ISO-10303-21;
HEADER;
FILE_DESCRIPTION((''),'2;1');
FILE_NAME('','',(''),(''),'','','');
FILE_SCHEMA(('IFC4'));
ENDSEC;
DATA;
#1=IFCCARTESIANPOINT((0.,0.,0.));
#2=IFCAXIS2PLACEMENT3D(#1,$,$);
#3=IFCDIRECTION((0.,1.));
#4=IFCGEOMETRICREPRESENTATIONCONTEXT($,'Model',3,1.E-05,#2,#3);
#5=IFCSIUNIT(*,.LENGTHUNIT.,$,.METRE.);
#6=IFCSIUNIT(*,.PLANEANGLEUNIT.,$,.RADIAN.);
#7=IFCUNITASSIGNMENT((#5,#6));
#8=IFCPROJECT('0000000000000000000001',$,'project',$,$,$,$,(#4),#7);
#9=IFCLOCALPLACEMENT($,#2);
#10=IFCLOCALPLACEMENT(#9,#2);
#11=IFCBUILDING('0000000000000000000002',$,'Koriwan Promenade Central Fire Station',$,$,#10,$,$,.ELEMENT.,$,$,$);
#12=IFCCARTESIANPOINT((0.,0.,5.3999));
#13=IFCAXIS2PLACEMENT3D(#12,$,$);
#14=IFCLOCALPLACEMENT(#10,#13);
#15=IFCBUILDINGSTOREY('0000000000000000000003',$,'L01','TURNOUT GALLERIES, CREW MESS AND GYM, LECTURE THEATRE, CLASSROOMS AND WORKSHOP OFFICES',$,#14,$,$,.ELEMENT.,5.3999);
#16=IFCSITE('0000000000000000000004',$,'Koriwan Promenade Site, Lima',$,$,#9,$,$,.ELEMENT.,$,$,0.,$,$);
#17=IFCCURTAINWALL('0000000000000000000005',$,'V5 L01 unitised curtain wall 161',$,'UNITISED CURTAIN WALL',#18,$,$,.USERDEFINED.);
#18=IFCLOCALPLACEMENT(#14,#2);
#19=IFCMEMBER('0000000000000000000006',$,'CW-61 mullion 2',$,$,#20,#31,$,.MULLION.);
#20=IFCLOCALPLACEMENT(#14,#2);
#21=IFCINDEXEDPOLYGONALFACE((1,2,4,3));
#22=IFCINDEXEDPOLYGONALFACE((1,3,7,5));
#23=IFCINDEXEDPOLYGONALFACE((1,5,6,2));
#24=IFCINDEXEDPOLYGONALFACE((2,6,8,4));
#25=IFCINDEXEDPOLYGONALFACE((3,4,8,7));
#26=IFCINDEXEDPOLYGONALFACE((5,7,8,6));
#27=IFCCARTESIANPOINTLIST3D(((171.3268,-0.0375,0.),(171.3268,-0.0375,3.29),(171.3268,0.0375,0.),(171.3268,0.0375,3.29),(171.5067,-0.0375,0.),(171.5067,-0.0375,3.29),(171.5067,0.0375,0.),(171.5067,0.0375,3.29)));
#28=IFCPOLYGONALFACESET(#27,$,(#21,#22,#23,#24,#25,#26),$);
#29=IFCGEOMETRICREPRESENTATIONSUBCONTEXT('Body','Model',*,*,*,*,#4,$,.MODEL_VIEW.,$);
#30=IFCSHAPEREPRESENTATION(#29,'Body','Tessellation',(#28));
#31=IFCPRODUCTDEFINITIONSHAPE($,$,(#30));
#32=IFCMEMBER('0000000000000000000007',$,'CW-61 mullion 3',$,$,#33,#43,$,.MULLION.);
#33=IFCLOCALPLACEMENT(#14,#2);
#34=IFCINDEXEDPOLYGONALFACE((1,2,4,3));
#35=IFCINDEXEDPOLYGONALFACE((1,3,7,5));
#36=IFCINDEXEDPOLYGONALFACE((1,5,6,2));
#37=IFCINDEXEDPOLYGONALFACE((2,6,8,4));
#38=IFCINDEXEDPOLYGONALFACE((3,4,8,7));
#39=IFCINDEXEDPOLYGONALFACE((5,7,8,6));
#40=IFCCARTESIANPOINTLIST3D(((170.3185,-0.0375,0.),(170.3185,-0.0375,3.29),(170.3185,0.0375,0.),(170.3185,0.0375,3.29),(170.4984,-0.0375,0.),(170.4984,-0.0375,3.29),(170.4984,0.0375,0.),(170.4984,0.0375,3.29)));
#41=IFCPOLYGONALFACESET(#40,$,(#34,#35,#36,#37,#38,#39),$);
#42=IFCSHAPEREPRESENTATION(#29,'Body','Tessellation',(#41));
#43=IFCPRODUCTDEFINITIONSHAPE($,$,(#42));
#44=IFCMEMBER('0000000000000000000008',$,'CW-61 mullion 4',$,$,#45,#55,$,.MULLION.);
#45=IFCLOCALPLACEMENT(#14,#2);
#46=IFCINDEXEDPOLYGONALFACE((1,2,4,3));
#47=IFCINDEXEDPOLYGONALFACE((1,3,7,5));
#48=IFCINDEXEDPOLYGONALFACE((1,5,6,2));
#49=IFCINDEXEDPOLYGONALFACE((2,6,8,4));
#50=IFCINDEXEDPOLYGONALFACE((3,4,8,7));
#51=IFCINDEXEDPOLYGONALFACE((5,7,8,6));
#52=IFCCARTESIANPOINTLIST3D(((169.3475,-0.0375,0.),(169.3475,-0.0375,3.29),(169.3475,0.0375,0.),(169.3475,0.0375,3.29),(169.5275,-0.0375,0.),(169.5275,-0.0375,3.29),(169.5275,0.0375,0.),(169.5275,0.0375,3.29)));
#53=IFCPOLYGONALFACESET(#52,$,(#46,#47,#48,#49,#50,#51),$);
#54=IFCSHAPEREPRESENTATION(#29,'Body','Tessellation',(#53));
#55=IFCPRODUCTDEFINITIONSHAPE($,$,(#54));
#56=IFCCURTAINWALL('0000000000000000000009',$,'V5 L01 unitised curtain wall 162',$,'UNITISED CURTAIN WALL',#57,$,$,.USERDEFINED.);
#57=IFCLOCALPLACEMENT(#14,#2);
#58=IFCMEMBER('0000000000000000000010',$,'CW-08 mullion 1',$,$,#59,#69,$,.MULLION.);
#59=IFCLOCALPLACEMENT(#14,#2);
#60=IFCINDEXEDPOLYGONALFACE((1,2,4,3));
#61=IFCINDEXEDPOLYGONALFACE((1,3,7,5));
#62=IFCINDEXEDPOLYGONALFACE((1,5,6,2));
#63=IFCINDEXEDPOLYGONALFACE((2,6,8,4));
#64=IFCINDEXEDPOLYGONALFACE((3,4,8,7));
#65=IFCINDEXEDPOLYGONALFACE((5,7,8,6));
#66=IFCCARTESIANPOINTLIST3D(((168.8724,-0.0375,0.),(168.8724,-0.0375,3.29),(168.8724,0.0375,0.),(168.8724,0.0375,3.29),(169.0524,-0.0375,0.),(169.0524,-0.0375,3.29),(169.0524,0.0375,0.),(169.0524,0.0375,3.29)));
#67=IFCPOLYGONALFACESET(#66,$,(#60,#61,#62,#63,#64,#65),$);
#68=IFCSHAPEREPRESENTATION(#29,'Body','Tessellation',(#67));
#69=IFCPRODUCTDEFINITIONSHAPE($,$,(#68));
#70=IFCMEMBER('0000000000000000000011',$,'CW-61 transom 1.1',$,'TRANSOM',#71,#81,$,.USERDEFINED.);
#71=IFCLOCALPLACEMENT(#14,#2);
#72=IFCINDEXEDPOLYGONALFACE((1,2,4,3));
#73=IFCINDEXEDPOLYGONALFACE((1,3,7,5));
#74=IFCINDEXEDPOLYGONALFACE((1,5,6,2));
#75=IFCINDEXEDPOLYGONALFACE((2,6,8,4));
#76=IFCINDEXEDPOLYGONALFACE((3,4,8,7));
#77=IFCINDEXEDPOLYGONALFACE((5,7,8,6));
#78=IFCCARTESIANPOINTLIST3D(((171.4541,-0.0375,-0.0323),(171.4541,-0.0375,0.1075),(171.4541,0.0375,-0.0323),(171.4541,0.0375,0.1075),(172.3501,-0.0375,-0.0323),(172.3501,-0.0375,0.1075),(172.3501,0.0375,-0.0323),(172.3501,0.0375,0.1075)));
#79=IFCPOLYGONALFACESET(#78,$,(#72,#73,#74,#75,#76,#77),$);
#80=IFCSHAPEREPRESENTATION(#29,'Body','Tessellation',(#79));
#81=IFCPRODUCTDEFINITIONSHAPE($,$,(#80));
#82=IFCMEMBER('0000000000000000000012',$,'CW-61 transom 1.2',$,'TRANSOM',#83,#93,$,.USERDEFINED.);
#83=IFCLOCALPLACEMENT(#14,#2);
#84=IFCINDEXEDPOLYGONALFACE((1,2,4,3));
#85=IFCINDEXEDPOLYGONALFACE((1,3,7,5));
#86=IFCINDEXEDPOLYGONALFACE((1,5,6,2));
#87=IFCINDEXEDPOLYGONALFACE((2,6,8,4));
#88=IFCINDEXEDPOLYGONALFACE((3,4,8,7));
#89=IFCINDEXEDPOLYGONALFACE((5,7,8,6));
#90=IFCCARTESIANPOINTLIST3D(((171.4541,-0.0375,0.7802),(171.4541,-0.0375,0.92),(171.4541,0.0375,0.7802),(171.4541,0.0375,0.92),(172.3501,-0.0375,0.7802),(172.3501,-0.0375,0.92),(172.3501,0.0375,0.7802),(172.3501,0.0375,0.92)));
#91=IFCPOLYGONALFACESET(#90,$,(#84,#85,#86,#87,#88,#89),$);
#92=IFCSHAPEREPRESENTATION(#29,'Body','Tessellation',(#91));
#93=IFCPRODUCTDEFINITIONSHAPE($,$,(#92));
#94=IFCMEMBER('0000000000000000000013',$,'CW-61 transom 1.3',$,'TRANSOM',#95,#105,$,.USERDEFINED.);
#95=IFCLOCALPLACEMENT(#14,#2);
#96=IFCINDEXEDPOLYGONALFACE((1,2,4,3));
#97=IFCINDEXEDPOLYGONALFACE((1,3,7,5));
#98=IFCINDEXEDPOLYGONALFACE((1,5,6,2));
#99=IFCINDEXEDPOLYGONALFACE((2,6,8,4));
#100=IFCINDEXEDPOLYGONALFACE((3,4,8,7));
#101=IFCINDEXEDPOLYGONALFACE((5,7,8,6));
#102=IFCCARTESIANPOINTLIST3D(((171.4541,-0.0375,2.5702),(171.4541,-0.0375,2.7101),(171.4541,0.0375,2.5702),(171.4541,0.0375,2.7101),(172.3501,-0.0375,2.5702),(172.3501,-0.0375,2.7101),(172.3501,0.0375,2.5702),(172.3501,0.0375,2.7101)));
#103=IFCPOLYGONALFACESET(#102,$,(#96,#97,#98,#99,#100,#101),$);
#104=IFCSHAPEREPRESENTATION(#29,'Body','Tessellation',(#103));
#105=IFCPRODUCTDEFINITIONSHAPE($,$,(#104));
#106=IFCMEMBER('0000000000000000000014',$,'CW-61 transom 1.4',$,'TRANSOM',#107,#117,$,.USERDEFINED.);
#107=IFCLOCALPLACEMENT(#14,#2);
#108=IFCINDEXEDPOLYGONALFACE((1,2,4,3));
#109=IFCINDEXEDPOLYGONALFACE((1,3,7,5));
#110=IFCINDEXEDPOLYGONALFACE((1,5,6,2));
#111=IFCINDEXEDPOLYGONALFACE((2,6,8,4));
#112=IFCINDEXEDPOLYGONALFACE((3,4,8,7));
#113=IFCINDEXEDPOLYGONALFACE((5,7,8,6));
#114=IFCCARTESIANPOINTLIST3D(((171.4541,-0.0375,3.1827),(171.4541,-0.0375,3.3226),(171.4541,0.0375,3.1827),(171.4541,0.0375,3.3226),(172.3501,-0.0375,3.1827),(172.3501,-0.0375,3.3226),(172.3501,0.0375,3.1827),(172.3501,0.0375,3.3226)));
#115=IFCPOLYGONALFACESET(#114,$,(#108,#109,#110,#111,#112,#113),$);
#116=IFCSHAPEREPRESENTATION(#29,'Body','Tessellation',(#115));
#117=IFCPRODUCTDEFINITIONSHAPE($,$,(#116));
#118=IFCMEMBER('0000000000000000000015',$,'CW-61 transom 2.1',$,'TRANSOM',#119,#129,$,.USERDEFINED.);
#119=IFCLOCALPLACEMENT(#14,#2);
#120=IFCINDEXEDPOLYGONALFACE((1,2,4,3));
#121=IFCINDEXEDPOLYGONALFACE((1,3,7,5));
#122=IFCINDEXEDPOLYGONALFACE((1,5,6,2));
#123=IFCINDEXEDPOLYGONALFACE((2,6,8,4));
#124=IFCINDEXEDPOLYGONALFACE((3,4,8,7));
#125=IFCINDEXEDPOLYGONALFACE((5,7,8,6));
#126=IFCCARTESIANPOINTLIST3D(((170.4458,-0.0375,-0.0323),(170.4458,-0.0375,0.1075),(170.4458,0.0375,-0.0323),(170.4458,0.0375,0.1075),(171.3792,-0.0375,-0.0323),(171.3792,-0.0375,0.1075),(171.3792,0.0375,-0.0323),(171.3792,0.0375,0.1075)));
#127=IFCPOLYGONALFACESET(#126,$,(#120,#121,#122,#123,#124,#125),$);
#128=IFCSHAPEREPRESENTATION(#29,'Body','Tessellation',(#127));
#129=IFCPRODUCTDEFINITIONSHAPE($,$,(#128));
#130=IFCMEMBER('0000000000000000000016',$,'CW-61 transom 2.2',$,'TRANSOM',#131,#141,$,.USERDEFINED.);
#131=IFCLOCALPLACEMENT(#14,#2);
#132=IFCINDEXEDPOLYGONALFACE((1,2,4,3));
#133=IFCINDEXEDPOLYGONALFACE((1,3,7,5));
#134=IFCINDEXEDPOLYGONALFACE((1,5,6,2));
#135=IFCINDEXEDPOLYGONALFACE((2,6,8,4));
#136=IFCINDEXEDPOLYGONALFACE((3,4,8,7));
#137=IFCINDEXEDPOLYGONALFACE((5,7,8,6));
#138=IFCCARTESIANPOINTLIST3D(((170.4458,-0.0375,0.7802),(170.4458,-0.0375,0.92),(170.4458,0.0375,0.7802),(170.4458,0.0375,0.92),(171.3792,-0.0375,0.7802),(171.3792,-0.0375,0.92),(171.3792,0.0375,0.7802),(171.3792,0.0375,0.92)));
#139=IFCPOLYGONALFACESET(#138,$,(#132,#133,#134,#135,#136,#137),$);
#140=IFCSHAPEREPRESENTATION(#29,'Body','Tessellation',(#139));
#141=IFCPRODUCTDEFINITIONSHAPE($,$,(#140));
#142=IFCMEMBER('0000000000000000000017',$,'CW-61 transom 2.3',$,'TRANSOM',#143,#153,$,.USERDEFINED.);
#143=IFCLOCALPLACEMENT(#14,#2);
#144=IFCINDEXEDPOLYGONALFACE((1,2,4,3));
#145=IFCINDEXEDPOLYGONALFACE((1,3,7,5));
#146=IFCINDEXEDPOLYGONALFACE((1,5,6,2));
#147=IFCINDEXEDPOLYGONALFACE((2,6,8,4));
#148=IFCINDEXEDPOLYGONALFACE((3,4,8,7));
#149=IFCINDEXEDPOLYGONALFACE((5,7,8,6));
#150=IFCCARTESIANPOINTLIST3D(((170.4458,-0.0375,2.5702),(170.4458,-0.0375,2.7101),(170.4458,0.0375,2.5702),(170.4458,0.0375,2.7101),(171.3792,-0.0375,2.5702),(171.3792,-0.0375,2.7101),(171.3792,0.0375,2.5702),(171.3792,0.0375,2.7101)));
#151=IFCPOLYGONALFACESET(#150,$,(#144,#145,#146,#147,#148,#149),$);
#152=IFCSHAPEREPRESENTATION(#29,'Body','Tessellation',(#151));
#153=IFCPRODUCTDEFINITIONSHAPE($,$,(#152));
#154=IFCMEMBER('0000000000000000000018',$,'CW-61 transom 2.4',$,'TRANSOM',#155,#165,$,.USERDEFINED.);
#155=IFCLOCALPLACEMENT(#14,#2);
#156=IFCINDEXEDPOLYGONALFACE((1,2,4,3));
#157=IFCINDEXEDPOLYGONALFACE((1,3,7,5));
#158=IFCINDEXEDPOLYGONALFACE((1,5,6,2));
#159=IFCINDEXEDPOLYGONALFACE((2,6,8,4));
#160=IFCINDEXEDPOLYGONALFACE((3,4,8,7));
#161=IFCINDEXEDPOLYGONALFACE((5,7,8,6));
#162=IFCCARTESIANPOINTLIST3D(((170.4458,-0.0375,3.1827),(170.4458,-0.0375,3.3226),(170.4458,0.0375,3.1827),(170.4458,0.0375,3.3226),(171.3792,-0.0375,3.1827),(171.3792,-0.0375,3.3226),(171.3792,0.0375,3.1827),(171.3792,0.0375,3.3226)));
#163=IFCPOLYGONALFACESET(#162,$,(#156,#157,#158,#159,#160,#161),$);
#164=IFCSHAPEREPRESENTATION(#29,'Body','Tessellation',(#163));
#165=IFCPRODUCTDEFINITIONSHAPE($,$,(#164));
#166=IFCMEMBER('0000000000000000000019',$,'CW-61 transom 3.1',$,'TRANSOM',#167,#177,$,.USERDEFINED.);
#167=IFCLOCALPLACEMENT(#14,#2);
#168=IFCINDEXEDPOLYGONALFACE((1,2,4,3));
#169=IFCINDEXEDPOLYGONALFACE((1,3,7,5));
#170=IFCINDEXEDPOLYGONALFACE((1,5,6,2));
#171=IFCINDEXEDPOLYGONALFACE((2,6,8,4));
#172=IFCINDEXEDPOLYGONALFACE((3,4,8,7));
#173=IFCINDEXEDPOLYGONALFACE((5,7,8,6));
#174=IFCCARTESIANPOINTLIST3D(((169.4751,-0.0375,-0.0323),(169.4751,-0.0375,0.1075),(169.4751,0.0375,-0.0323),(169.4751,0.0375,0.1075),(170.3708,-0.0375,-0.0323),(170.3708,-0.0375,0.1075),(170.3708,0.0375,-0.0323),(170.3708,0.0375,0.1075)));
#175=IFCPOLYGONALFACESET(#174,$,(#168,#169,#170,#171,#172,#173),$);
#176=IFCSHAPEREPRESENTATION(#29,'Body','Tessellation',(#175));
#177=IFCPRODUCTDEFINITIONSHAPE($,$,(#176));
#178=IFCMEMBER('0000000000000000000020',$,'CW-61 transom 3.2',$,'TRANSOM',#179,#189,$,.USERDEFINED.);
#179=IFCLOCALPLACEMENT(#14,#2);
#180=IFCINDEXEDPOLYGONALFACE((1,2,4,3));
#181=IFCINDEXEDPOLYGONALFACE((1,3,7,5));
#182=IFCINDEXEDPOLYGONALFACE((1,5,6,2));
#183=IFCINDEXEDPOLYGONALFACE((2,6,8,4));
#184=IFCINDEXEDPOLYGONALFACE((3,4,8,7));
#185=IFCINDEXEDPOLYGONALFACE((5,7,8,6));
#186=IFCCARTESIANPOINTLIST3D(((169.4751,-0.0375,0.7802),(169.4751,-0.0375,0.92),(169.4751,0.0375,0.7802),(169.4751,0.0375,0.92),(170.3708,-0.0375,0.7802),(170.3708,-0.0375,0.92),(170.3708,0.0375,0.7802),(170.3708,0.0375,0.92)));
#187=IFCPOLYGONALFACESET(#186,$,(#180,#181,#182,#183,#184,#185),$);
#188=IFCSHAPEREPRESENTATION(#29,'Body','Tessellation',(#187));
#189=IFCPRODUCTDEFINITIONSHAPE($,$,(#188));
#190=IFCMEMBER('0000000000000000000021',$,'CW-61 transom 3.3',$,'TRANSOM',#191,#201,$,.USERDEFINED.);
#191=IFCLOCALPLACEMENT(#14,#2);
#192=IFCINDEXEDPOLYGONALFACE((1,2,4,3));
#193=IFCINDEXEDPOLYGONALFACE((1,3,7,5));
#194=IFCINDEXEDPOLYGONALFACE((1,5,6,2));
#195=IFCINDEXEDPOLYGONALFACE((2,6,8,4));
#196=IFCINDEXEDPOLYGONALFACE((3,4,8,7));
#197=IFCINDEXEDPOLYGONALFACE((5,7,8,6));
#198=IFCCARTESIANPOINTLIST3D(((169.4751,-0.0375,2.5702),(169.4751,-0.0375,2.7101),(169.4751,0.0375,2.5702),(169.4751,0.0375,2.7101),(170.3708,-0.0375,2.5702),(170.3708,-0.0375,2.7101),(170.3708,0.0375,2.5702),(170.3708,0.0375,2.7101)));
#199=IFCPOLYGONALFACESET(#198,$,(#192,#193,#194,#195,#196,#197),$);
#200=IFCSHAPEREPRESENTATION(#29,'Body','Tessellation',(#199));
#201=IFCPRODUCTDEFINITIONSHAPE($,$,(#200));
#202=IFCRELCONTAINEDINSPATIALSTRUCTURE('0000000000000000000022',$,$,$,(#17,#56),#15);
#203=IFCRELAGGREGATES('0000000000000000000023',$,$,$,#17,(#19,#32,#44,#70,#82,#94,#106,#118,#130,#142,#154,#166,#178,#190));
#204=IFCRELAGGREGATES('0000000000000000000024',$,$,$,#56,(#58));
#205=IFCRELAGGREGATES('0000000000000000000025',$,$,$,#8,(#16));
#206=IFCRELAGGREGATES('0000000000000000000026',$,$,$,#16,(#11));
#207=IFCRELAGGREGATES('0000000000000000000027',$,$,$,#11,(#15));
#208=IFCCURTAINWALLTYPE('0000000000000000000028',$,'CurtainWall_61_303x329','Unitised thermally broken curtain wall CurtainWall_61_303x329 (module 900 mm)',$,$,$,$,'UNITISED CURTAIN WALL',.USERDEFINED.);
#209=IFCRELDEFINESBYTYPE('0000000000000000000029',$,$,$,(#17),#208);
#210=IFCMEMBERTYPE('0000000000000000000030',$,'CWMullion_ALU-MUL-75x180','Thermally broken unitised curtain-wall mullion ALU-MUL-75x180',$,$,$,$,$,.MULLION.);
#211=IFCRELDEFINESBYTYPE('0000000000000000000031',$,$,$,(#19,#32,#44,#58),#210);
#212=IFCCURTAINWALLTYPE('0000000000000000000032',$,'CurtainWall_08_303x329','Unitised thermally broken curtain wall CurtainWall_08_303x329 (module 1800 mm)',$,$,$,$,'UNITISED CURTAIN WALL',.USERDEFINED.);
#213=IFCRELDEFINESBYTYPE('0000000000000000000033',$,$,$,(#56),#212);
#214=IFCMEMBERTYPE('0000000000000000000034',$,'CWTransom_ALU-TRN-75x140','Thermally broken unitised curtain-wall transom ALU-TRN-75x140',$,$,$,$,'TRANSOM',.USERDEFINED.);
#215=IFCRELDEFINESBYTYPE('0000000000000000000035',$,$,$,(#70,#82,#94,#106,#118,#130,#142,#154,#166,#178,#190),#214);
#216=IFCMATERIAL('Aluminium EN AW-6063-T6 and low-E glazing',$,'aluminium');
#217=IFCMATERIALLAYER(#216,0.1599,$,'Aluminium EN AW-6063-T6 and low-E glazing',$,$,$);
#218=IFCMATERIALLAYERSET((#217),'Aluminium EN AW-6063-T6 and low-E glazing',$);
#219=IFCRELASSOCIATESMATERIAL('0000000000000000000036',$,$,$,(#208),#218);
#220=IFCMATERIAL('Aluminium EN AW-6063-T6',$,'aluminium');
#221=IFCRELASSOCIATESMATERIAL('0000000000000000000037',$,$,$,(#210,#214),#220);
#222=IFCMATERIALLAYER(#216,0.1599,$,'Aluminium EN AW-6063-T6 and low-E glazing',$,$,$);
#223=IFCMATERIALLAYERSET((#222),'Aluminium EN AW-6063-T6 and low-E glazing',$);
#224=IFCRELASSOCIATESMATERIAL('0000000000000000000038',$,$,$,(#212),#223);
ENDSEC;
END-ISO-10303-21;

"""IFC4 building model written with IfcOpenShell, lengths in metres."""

from ifc_helpers import new_model, si_unit, direction, frame, origin, origin_2d, place, context, subcontext, project, spatial, rectangle, extrude, material, layer, layer_set, material_profile, profile_set, type_object, element, aggregate, save


model = new_model("IFC4")

# Units and contexts
model_context = context("Model", 3, precision=1e-05, world=origin(), true_north=direction((0.0, 1.0)))
body_context = subcontext(model_context, "Body", "Model", "MODEL_VIEW")
ifc_project = project(units=[si_unit("LENGTHUNIT", "METRE"), si_unit("PLANEANGLEUNIT", "RADIAN")], contexts=[model_context])

# Site, building, storey
site_placement = place(None, origin())
site = spatial("IfcSite", under=ifc_project, at=site_placement, Name="Koriwan Promenade Site, Lima", CompositionType="ELEMENT", RefElevation=0.0)
building_placement = place(site_placement, origin())
building = spatial("IfcBuilding", under=site, at=building_placement, Name="Koriwan Promenade Central Fire Station", CompositionType="ELEMENT")
storey_placement = place(building_placement, frame((0.0, 0.0, 5.3999)))
storey = spatial("IfcBuildingStorey", under=building, at=storey_placement, Name="L01", Description="TURNOUT GALLERIES, CREW MESS AND GYM, LECTURE THEATRE, CLASSROOMS AND WORKSHOP OFFICES", CompositionType="ELEMENT", Elevation=5.3999)

# Curtain wall, members
ifc_material_1 = material(Name="Aluminium EN AW-6063-T6 and low-E glazing", Category="aluminium")
ifc_layer_1 = layer(ifc_material_1, 0.1599, Name="Aluminium EN AW-6063-T6 and low-E glazing")
ifc_layer_set_1 = layer_set([ifc_layer_1], Name="Aluminium EN AW-6063-T6 and low-E glazing")
curtain_wall_type_1 = type_object("IfcCurtainWallType", Name="CurtainWall_61_303x329", Description="Unitised thermally broken curtain wall CurtainWall_61_303x329 (module 900 mm)", ElementType="UNITISED CURTAIN WALL", PredefinedType="USERDEFINED", material=ifc_layer_set_1)
curtain_wall_1_placement = place(storey_placement, origin())
curtain_wall_1 = element("IfcCurtainWall", 1, at=curtain_wall_1_placement, inside=storey, type_object=curtain_wall_type_1, Name="V5 L01 unitised curtain wall 161", ObjectType="UNITISED CURTAIN WALL", PredefinedType="USERDEFINED")
ifc_material_2 = material(Name="Aluminium EN AW-6063-T6", Category="aluminium")
ifc_material_profile_1 = material_profile(ifc_material_2, rectangle(XDim=0.075, YDim=0.1799, at=origin_2d()), Name="ALU-MUL-75x180")
ifc_profile_set_1 = profile_set([ifc_material_profile_1], Name="Aluminium EN AW-6063-T6")
member_type_1 = type_object("IfcMemberType", Name="CWMullion_ALU-MUL-75x180", Description="Thermally broken unitised curtain-wall mullion ALU-MUL-75x180", PredefinedType="MULLION", material=ifc_profile_set_1)
member_1_placement = place(storey_placement, frame((171.4167, 0.0, 0.0), z_axis=(0.0, 0.0, 1.0), x_axis=(0.0, -1.0, 0.0)))
member_1 = element("IfcMember", 2, at=member_1_placement, type_object=member_type_1, Name="CW-61 mullion 2", PredefinedType="MULLION", context=body_context, shape_type="SweptSolid", body=[
    extrude(rectangle(XDim=0.075, YDim=0.1799, at=origin_2d()), origin(), (0.0, 0.0, 1.0), 3.29),
])
member_2_placement = place(storey_placement, frame((170.4084, 0.0, 0.0), z_axis=(0.0, 0.0, 1.0), x_axis=(0.0, -1.0, 0.0)))
member_2 = element("IfcMember", 3, at=member_2_placement, type_object=member_type_1, Name="CW-61 mullion 3", PredefinedType="MULLION", context=body_context, shape_type="SweptSolid", body=[
    extrude(rectangle(XDim=0.075, YDim=0.1799, at=origin_2d()), origin(), (0.0, 0.0, 1.0), 3.29),
])
member_3_placement = place(storey_placement, frame((169.4375, 0.0, 0.0), z_axis=(0.0, 0.0, 1.0), x_axis=(0.0, -1.0, 0.0)))
member_3 = element("IfcMember", 4, at=member_3_placement, type_object=member_type_1, Name="CW-61 mullion 4", PredefinedType="MULLION", context=body_context, shape_type="SweptSolid", body=[
    extrude(rectangle(XDim=0.075, YDim=0.1799, at=origin_2d()), origin(), (0.0, 0.0, 1.0), 3.29),
])

# Curtain wall, member
ifc_layer_2 = layer(ifc_material_1, 0.1599, Name="Aluminium EN AW-6063-T6 and low-E glazing")
ifc_layer_set_2 = layer_set([ifc_layer_2], Name="Aluminium EN AW-6063-T6 and low-E glazing")
curtain_wall_type_2 = type_object("IfcCurtainWallType", Name="CurtainWall_08_303x329", Description="Unitised thermally broken curtain wall CurtainWall_08_303x329 (module 1800 mm)", ElementType="UNITISED CURTAIN WALL", PredefinedType="USERDEFINED", material=ifc_layer_set_2)
curtain_wall_2_placement = place(storey_placement, origin())
curtain_wall_2 = element("IfcCurtainWall", 5, at=curtain_wall_2_placement, inside=storey, type_object=curtain_wall_type_2, Name="V5 L01 unitised curtain wall 162", ObjectType="UNITISED CURTAIN WALL", PredefinedType="USERDEFINED")
member_4_placement = place(storey_placement, frame((168.9624, 0.0, 0.0), z_axis=(0.0, 0.0, 1.0), x_axis=(0.0, -1.0, 0.0)))
member_4 = element("IfcMember", 6, at=member_4_placement, type_object=member_type_1, Name="CW-08 mullion 1", PredefinedType="MULLION", context=body_context, shape_type="SweptSolid", body=[
    extrude(rectangle(XDim=0.075, YDim=0.1799, at=origin_2d()), origin(), (0.0, 0.0, 1.0), 3.29),
])

# Members
ifc_material_profile_2 = material_profile(ifc_material_2, rectangle(XDim=0.075, YDim=0.1399, at=origin_2d()), Name="ALU-TRN-75x140")
ifc_profile_set_2 = profile_set([ifc_material_profile_2], Name="Aluminium EN AW-6063-T6")
member_type_2 = type_object("IfcMemberType", Name="CWTransom_ALU-TRN-75x140", Description="Thermally broken unitised curtain-wall transom ALU-TRN-75x140", ElementType="TRANSOM", PredefinedType="USERDEFINED", material=ifc_profile_set_2)
member_5_placement = place(storey_placement, frame((172.3501, 0.0, 0.0376), z_axis=(-1.0, 0.0, 0.0), x_axis=(0.0, -1.0, 0.0)))
member_5 = element("IfcMember", 7, at=member_5_placement, type_object=member_type_2, Name="CW-61 transom 1.1", ObjectType="TRANSOM", PredefinedType="USERDEFINED", context=body_context, shape_type="SweptSolid", body=[
    extrude(rectangle(XDim=0.075, YDim=0.1399, at=origin_2d()), origin(), (0.0, 0.0, 1.0), 0.896),
])
member_6_placement = place(storey_placement, frame((172.3501, 0.0, 0.8501), z_axis=(-1.0, 0.0, 0.0), x_axis=(0.0, -1.0, 0.0)))
member_6 = element("IfcMember", 8, at=member_6_placement, type_object=member_type_2, Name="CW-61 transom 1.2", ObjectType="TRANSOM", PredefinedType="USERDEFINED", context=body_context, shape_type="SweptSolid", body=[
    extrude(rectangle(XDim=0.075, YDim=0.1399, at=origin_2d()), origin(), (0.0, 0.0, 1.0), 0.896),
])
member_7_placement = place(storey_placement, frame((172.3501, 0.0, 2.6401), z_axis=(-1.0, 0.0, 0.0), x_axis=(0.0, -1.0, 0.0)))
member_7 = element("IfcMember", 9, at=member_7_placement, type_object=member_type_2, Name="CW-61 transom 1.3", ObjectType="TRANSOM", PredefinedType="USERDEFINED", context=body_context, shape_type="SweptSolid", body=[
    extrude(rectangle(XDim=0.075, YDim=0.1399, at=origin_2d()), origin(), (0.0, 0.0, 1.0), 0.896),
])
member_8_placement = place(storey_placement, frame((172.3501, 0.0, 3.2527), z_axis=(-1.0, 0.0, 0.0), x_axis=(0.0, -1.0, 0.0)))
member_8 = element("IfcMember", 10, at=member_8_placement, type_object=member_type_2, Name="CW-61 transom 1.4", ObjectType="TRANSOM", PredefinedType="USERDEFINED", context=body_context, shape_type="SweptSolid", body=[
    extrude(rectangle(XDim=0.075, YDim=0.1399, at=origin_2d()), origin(), (0.0, 0.0, 1.0), 0.896),
])
member_9_placement = place(storey_placement, frame((171.3792, 0.0, 0.0376), z_axis=(-1.0, 0.0, 0.0), x_axis=(0.0, -1.0, 0.0)))
member_9 = element("IfcMember", 11, at=member_9_placement, type_object=member_type_2, Name="CW-61 transom 2.1", ObjectType="TRANSOM", PredefinedType="USERDEFINED", context=body_context, shape_type="SweptSolid", body=[
    extrude(rectangle(XDim=0.075, YDim=0.1399, at=origin_2d()), origin(), (0.0, 0.0, 1.0), 0.9333),
])
member_10_placement = place(storey_placement, frame((171.3792, 0.0, 0.8501), z_axis=(-1.0, 0.0, 0.0), x_axis=(0.0, -1.0, 0.0)))
member_10 = element("IfcMember", 12, at=member_10_placement, type_object=member_type_2, Name="CW-61 transom 2.2", ObjectType="TRANSOM", PredefinedType="USERDEFINED", context=body_context, shape_type="SweptSolid", body=[
    extrude(rectangle(XDim=0.075, YDim=0.1399, at=origin_2d()), origin(), (0.0, 0.0, 1.0), 0.9333),
])
member_11_placement = place(storey_placement, frame((171.3792, 0.0, 2.6401), z_axis=(-1.0, 0.0, 0.0), x_axis=(0.0, -1.0, 0.0)))
member_11 = element("IfcMember", 13, at=member_11_placement, type_object=member_type_2, Name="CW-61 transom 2.3", ObjectType="TRANSOM", PredefinedType="USERDEFINED", context=body_context, shape_type="SweptSolid", body=[
    extrude(rectangle(XDim=0.075, YDim=0.1399, at=origin_2d()), origin(), (0.0, 0.0, 1.0), 0.9333),
])
member_12_placement = place(storey_placement, frame((171.3792, 0.0, 3.2527), z_axis=(-1.0, 0.0, 0.0), x_axis=(0.0, -1.0, 0.0)))
member_12 = element("IfcMember", 14, at=member_12_placement, type_object=member_type_2, Name="CW-61 transom 2.4", ObjectType="TRANSOM", PredefinedType="USERDEFINED", context=body_context, shape_type="SweptSolid", body=[
    extrude(rectangle(XDim=0.075, YDim=0.1399, at=origin_2d()), origin(), (0.0, 0.0, 1.0), 0.9333),
])
member_13_placement = place(storey_placement, frame((170.3708, 0.0, 0.0376), z_axis=(-1.0, 0.0, 0.0), x_axis=(0.0, -1.0, 0.0)))
member_13 = element("IfcMember", 15, at=member_13_placement, type_object=member_type_2, Name="CW-61 transom 3.1", ObjectType="TRANSOM", PredefinedType="USERDEFINED", context=body_context, shape_type="SweptSolid", body=[
    extrude(rectangle(XDim=0.075, YDim=0.1399, at=origin_2d()), origin(), (0.0, 0.0, 1.0), 0.8958),
])
member_14_placement = place(storey_placement, frame((170.3708, 0.0, 0.8501), z_axis=(-1.0, 0.0, 0.0), x_axis=(0.0, -1.0, 0.0)))
member_14 = element("IfcMember", 16, at=member_14_placement, type_object=member_type_2, Name="CW-61 transom 3.2", ObjectType="TRANSOM", PredefinedType="USERDEFINED", context=body_context, shape_type="SweptSolid", body=[
    extrude(rectangle(XDim=0.075, YDim=0.1399, at=origin_2d()), origin(), (0.0, 0.0, 1.0), 0.8958),
])
member_15_placement = place(storey_placement, frame((170.3708, 0.0, 2.6401), z_axis=(-1.0, 0.0, 0.0), x_axis=(0.0, -1.0, 0.0)))
member_15 = element("IfcMember", 17, at=member_15_placement, type_object=member_type_2, Name="CW-61 transom 3.3", ObjectType="TRANSOM", PredefinedType="USERDEFINED", context=body_context, shape_type="SweptSolid", body=[
    extrude(rectangle(XDim=0.075, YDim=0.1399, at=origin_2d()), origin(), (0.0, 0.0, 1.0), 0.8958),
])

aggregate(curtain_wall_1, [member_1, member_2, member_3, member_5, member_6, member_7, member_8, member_9, member_10, member_11, member_12, member_13, member_14, member_15])
aggregate(curtain_wall_2, [member_4])

save(model, "model.ifc")
